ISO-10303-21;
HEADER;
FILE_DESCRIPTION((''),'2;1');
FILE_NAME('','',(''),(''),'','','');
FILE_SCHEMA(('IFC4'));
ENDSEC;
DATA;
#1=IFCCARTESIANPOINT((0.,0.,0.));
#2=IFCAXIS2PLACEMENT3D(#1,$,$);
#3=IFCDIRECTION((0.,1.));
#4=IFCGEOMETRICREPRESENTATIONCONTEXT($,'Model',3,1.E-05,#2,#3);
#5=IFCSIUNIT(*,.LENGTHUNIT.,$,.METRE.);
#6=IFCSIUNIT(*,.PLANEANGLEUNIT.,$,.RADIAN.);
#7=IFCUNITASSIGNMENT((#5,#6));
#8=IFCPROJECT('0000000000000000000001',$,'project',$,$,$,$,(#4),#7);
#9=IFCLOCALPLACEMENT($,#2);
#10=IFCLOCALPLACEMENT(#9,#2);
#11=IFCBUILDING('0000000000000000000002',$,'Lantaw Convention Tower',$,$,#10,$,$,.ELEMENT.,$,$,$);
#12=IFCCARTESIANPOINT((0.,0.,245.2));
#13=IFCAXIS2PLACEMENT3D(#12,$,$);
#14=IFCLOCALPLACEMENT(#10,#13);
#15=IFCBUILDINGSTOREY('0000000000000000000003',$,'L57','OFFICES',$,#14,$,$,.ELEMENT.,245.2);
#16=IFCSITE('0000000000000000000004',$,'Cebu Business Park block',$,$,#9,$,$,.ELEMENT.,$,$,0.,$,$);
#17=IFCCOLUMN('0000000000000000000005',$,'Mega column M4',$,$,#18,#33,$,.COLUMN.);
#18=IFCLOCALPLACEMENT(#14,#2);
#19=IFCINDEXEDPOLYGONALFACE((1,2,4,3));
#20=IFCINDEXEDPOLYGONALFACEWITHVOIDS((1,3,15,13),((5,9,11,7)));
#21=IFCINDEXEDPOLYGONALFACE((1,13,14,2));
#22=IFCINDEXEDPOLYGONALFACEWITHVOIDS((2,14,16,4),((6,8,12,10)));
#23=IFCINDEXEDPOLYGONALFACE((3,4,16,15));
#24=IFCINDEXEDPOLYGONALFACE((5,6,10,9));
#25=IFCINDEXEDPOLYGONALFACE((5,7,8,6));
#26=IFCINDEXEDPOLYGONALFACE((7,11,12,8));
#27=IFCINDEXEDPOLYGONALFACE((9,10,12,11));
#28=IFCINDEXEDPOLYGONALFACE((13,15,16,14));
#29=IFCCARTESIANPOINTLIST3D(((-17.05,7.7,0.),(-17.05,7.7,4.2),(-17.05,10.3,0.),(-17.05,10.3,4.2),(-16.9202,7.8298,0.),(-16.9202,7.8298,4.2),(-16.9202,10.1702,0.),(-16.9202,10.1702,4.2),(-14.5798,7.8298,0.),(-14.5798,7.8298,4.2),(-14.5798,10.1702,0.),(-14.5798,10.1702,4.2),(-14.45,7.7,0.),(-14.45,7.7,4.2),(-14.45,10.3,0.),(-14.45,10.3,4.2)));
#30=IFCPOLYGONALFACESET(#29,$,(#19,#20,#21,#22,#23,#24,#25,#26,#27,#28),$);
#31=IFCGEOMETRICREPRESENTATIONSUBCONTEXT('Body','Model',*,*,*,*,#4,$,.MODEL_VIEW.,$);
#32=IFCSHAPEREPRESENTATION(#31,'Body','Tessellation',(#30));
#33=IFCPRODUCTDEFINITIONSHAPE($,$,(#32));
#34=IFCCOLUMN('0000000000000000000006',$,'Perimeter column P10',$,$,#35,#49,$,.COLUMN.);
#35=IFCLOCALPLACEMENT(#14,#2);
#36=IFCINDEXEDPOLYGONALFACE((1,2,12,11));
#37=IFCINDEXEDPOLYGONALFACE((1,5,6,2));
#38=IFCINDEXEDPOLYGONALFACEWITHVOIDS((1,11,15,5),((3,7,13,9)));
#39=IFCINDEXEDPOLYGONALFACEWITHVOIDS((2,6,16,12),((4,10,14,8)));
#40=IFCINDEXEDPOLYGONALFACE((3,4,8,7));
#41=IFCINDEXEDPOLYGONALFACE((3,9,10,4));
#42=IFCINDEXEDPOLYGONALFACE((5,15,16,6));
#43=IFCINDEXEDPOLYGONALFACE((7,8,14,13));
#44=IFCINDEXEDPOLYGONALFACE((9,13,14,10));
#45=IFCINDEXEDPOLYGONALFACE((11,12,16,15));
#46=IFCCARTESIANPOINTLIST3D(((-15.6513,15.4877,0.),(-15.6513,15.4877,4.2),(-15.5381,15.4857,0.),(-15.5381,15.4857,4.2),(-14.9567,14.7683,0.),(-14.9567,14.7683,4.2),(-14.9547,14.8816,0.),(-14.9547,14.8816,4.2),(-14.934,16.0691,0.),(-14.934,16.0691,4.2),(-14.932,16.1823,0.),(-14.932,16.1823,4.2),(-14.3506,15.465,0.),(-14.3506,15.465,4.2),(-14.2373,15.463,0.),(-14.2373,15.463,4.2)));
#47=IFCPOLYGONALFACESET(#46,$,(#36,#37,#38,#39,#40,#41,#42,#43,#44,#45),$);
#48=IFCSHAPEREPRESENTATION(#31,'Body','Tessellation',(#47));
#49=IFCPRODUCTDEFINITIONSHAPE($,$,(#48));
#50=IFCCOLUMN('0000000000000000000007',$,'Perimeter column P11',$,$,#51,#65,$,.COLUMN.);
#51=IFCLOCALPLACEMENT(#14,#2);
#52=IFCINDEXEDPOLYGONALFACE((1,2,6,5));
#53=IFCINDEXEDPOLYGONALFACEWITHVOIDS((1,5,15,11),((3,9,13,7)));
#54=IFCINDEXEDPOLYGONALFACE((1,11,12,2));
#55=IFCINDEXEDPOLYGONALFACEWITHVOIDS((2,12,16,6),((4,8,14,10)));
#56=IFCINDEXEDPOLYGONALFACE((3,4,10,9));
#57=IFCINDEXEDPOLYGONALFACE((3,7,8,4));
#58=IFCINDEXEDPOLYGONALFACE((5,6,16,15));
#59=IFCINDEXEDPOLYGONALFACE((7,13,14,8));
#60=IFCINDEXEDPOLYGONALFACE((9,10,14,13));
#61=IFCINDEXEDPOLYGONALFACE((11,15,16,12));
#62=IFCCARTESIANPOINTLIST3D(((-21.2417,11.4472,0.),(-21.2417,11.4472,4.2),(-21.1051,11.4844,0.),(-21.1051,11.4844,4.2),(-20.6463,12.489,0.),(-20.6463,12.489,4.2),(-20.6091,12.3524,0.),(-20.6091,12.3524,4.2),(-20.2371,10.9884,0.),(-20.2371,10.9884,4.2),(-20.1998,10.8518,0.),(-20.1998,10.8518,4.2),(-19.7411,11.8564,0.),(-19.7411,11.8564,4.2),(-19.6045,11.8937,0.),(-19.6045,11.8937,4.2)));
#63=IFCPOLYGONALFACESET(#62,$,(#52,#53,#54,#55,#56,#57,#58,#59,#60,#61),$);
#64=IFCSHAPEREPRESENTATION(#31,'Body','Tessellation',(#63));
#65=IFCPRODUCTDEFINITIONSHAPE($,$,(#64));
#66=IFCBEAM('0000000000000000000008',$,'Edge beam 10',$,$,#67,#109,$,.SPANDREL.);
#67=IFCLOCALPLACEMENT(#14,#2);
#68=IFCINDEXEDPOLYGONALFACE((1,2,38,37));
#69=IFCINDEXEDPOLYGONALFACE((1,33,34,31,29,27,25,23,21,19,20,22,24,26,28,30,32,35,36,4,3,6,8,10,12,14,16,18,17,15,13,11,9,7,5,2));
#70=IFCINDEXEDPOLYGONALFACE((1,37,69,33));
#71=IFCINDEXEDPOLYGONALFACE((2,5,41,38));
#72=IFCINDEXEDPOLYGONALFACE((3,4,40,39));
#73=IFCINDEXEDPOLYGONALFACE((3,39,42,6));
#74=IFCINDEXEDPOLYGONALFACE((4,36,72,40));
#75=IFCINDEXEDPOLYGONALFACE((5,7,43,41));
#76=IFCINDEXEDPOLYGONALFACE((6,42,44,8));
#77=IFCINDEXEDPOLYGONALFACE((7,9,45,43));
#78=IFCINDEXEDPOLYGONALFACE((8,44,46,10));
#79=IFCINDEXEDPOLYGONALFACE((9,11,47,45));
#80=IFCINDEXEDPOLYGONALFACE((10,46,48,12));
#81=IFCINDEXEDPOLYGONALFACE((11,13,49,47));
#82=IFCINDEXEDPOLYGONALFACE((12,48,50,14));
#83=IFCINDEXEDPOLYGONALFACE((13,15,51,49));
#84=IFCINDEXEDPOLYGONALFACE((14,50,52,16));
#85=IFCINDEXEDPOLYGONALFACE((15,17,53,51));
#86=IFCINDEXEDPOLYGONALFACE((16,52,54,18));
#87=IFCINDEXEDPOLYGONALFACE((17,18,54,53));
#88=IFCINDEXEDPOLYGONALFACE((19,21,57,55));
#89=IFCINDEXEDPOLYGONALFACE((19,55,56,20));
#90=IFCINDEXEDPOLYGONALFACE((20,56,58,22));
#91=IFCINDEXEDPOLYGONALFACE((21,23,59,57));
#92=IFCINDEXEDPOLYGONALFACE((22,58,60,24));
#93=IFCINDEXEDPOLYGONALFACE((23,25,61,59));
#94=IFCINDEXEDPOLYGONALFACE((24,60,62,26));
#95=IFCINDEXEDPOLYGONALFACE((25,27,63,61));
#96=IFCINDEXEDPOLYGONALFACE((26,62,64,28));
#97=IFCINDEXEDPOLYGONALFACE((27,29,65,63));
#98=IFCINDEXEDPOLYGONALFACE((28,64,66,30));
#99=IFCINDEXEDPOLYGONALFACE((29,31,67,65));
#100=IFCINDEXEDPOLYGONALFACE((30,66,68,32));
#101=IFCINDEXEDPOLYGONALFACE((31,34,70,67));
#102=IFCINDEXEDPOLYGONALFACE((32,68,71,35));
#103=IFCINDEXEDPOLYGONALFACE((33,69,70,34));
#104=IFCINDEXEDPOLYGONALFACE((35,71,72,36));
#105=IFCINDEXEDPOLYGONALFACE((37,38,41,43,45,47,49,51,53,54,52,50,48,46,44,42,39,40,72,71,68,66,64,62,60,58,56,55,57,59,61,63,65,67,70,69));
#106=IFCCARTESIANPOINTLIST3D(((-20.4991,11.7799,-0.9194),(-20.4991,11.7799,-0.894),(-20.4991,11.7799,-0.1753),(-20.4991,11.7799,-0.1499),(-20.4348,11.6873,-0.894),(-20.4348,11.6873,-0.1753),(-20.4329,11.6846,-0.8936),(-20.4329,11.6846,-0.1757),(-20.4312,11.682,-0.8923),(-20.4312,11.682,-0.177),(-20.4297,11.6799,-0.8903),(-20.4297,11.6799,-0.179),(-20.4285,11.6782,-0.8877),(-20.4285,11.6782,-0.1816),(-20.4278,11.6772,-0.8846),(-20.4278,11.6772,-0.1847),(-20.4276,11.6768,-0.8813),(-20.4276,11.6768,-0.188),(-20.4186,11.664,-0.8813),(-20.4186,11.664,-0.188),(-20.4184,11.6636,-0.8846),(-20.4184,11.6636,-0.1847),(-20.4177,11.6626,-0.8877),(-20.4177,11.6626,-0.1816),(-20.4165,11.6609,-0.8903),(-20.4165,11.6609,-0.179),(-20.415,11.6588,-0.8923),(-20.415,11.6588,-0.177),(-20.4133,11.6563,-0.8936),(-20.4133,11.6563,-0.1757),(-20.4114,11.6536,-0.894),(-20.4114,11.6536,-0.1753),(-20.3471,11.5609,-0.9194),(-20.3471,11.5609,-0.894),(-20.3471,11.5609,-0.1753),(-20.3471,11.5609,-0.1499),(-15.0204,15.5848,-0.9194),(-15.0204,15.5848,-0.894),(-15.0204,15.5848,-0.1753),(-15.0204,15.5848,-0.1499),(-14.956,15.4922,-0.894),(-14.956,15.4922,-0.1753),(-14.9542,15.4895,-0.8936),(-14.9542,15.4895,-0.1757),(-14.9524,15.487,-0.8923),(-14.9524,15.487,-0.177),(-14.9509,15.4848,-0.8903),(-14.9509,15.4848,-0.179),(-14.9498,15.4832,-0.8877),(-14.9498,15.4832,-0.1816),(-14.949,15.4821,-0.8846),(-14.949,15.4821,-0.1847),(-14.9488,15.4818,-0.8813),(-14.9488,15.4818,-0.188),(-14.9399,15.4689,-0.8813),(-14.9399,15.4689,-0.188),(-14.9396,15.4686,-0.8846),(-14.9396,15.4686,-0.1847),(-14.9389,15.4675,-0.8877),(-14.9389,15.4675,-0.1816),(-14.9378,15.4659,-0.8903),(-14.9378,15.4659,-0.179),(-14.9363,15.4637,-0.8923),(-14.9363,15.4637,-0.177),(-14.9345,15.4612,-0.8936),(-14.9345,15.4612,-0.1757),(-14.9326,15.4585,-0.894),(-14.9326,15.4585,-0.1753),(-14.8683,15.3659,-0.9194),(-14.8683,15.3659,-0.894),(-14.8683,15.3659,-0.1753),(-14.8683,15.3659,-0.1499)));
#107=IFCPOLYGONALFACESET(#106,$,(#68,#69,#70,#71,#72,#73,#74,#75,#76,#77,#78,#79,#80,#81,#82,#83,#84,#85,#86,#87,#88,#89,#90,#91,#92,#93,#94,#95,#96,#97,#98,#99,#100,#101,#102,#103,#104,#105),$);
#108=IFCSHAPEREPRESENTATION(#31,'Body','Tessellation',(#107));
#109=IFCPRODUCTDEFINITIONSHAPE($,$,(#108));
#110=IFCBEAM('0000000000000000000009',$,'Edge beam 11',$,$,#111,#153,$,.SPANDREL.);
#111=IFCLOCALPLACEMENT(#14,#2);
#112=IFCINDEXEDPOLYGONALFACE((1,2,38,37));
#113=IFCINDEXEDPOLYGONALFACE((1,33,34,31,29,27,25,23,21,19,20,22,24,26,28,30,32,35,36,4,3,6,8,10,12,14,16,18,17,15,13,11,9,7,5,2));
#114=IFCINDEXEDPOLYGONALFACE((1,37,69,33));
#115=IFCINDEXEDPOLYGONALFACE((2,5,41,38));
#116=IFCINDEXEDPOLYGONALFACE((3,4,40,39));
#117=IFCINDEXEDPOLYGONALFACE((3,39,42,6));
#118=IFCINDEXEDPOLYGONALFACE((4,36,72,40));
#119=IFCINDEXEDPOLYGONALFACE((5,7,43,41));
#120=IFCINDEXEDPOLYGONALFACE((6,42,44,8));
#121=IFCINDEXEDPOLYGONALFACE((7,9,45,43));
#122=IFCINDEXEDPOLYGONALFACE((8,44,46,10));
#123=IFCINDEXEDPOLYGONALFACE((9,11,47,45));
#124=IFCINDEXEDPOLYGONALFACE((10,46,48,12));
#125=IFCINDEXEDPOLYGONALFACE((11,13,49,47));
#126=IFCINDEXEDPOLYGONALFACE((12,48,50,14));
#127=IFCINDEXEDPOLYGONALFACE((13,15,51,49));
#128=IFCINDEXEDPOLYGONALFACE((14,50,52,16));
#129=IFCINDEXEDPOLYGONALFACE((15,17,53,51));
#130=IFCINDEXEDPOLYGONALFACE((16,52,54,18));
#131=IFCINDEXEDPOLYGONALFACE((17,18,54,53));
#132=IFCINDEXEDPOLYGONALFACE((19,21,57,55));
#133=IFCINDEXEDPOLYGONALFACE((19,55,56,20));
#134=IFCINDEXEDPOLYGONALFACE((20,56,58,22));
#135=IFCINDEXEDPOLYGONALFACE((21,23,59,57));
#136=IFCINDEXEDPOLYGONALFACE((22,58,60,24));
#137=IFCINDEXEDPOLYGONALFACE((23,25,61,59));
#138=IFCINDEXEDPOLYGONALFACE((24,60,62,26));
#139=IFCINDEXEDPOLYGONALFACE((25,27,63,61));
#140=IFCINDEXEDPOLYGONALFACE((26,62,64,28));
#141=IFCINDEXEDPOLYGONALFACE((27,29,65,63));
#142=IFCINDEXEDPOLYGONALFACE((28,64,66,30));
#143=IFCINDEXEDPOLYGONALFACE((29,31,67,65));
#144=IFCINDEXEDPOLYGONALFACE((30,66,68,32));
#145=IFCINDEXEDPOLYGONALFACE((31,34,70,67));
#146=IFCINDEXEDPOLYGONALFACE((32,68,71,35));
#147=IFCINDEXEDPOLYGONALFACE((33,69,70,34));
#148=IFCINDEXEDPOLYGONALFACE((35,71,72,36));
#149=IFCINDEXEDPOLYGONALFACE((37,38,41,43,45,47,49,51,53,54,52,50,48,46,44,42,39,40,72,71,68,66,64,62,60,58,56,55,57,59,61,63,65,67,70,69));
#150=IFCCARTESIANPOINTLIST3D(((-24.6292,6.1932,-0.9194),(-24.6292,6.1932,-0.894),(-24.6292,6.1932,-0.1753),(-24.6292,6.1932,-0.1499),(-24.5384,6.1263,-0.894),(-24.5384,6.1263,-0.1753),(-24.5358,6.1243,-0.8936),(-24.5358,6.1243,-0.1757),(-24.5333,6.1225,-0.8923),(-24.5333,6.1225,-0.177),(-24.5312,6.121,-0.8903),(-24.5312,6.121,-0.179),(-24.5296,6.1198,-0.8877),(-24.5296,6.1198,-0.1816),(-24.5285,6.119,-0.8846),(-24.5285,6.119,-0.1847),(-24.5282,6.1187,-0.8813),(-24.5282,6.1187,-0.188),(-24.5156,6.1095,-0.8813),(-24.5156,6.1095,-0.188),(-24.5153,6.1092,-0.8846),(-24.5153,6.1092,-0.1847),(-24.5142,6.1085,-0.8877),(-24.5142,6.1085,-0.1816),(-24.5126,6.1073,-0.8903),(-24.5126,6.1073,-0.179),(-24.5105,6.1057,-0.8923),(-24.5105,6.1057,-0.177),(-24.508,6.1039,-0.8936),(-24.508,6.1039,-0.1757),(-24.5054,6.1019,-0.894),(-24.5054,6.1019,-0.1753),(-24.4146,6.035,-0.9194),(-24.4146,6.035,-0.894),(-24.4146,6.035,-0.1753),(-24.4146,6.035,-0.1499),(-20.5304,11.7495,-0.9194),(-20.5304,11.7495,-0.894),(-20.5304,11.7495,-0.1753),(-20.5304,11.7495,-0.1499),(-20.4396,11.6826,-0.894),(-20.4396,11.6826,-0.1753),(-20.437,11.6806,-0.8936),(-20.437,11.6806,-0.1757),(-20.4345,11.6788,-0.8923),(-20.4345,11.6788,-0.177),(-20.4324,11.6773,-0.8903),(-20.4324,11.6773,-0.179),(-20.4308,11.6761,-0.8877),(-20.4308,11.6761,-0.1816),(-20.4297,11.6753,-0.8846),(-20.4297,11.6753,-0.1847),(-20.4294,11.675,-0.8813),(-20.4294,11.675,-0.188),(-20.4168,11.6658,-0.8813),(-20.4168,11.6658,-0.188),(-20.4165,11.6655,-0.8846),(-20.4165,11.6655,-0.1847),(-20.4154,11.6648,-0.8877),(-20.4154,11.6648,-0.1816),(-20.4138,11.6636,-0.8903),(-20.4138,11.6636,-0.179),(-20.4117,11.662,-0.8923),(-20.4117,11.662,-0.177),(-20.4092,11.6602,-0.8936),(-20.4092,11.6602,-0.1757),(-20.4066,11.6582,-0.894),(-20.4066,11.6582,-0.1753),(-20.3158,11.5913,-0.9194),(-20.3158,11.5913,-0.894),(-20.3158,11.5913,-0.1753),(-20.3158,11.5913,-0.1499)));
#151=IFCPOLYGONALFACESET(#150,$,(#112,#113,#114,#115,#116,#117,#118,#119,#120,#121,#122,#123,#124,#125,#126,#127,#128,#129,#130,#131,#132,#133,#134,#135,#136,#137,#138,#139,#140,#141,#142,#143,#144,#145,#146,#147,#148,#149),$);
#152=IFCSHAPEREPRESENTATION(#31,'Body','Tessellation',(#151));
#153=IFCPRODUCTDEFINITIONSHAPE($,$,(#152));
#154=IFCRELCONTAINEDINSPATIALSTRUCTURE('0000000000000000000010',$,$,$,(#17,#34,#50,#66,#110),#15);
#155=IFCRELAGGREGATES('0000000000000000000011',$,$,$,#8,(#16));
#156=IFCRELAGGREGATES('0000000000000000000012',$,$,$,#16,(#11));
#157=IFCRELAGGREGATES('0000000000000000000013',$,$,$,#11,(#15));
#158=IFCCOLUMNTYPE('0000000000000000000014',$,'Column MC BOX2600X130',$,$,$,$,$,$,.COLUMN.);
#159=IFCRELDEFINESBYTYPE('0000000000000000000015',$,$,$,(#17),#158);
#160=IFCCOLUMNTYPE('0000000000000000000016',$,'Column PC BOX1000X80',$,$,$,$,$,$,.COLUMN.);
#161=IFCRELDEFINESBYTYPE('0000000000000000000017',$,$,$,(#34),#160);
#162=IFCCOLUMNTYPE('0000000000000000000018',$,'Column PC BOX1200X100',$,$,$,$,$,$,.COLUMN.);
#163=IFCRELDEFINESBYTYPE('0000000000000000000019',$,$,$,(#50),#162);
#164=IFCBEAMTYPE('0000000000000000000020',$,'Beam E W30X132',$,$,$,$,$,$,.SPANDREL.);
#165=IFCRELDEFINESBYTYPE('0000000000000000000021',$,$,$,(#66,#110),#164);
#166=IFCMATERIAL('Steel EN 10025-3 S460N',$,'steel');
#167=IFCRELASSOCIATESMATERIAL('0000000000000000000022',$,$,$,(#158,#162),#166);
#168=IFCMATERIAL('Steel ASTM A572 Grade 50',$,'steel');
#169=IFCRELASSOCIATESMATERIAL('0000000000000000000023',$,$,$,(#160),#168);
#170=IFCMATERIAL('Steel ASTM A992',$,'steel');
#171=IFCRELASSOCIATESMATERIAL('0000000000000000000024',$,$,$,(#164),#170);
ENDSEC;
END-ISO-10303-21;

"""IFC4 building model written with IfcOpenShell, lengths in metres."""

from ifc_helpers import new_model, si_unit, direction, frame, origin, origin_2d, place, context, subcontext, project, spatial, rectangle, hollow_rectangle, i_section, extrude, material, material_profile, profile_set, type_object, element, save


model = new_model("IFC4")

# Units and contexts
model_context = context("Model", 3, precision=1e-05, world=origin(), true_north=direction((0.0, 1.0)))
body_context = subcontext(model_context, "Body", "Model", "MODEL_VIEW")
ifc_project = project(units=[si_unit("LENGTHUNIT", "METRE"), si_unit("PLANEANGLEUNIT", "RADIAN")], contexts=[model_context])

# Site, building, storey
site_placement = place(None, origin())
site = spatial("IfcSite", under=ifc_project, at=site_placement, Name="Cebu Business Park block", CompositionType="ELEMENT", RefElevation=0.0)
building_placement = place(site_placement, origin())
building = spatial("IfcBuilding", under=site, at=building_placement, Name="Lantaw Convention Tower", CompositionType="ELEMENT")
storey_placement = place(building_placement, frame((0.0, 0.0, 245.2)))
storey = spatial("IfcBuildingStorey", under=building, at=storey_placement, Name="L57", Description="OFFICES", CompositionType="ELEMENT", Elevation=245.2)

# Columns
ifc_material_1 = material(Name="Steel EN 10025-3 S460N", Category="steel")
ifc_material_profile_1 = material_profile(ifc_material_1, hollow_rectangle(XDim=2.6001, YDim=2.6001, WallThickness=0.1299, at=origin_2d()), Name="BOX2600X130")
ifc_material_2 = material(Name="Concrete C60/75", Category="concrete")
ifc_material_profile_2 = material_profile(ifc_material_2, rectangle(XDim=2.3401, YDim=2.3401, at=origin_2d()), Name="Concrete fill of BOX2600X130")
ifc_profile_set_1 = profile_set([ifc_material_profile_1, ifc_material_profile_2], Name="Steel EN 10025-3 S460N")
column_type_1 = type_object("IfcColumnType", Name="Column MC BOX2600X130", PredefinedType="COLUMN", material=ifc_profile_set_1)
column_1_placement = place(storey_placement, frame((-15.75, 9.0, 0.0), z_axis=(0.0, 0.0, 1.0), x_axis=(1.0, 0.0, 0.0)))
element("IfcColumn", 1, at=column_1_placement, inside=storey, type_object=column_type_1, Name="Mega column M4", PredefinedType="COLUMN", context=body_context, shape_type="SweptSolid", body=[
    extrude(hollow_rectangle(XDim=2.6001, YDim=2.6001, WallThickness=0.1299, at=origin_2d()), origin(), (0.0, 0.0, 1.0), 4.2),
])
ifc_material_3 = material(Name="Steel ASTM A572 Grade 50", Category="steel")
ifc_material_profile_3 = material_profile(ifc_material_3, hollow_rectangle(XDim=1.0, YDim=1.0, WallThickness=0.0801, at=origin_2d()), Name="BOX1000X80")
ifc_material_profile_4 = material_profile(ifc_material_2, rectangle(XDim=0.8401, YDim=0.8401, at=origin_2d()), Name="Concrete fill of BOX1000X80")
ifc_profile_set_2 = profile_set([ifc_material_profile_3, ifc_material_profile_4], Name="Steel ASTM A572 Grade 50")
column_type_2 = type_object("IfcColumnType", Name="Column PC BOX1000X80", PredefinedType="COLUMN", material=ifc_profile_set_2)
column_2_placement = place(storey_placement, frame((-14.9443, 15.4753, 0.0), z_axis=(0.0, 0.0, 1.0), x_axis=(0.71934, 0.694658, 0.0)))
element("IfcColumn", 2, at=column_2_placement, inside=storey, type_object=column_type_2, Name="Perimeter column P10", PredefinedType="COLUMN", context=body_context, shape_type="SweptSolid", body=[
    extrude(hollow_rectangle(XDim=1.0, YDim=1.0, WallThickness=0.0801, at=origin_2d()), origin(), (0.0, 0.0, 1.0), 4.2),
])
ifc_material_profile_5 = material_profile(ifc_material_1, hollow_rectangle(XDim=1.2, YDim=1.2, WallThickness=0.1001, at=origin_2d()), Name="BOX1200X100")
ifc_material_profile_6 = material_profile(ifc_material_2, rectangle(XDim=1.0, YDim=1.0, at=origin_2d()), Name="Concrete fill of BOX1200X100")
ifc_profile_set_3 = profile_set([ifc_material_profile_5, ifc_material_profile_6], Name="Steel EN 10025-3 S460N")
column_type_3 = type_object("IfcColumnType", Name="Column PC BOX1200X100", PredefinedType="COLUMN", material=ifc_profile_set_3)
column_3_placement = place(storey_placement, frame((-20.4231, 11.6704, 0.0), z_axis=(0.0, 0.0, 1.0), x_axis=(0.496139, 0.868243, 0.0)))
element("IfcColumn", 3, at=column_3_placement, inside=storey, type_object=column_type_3, Name="Perimeter column P11", PredefinedType="COLUMN", context=body_context, shape_type="SweptSolid", body=[
    extrude(hollow_rectangle(XDim=1.2, YDim=1.2, WallThickness=0.1001, at=origin_2d()), origin(), (0.0, 0.0, 1.0), 4.2),
])

# Beams
ifc_material_4 = material(Name="Steel ASTM A992", Category="steel")
ifc_material_profile_7 = material_profile(ifc_material_4, i_section(OverallWidth=0.2666, OverallDepth=0.7695, WebThickness=0.0156, FlangeThickness=0.0254, FilletRadius=0.0127, at=origin_2d()), Name="W30X132")
ifc_profile_set_4 = profile_set([ifc_material_profile_7], Name="Steel ASTM A992")
beam_type_1 = type_object("IfcBeamType", Name="Beam E W30X132", PredefinedType="SPANDREL", material=ifc_profile_set_4)
beam_1_placement = place(storey_placement, frame((-14.9443, 15.4753, -0.5347), z_axis=(-0.821353, -0.57042, 0.0), x_axis=(0.57042, -0.821353, 0.0)))
element("IfcBeam", 4, at=beam_1_placement, inside=storey, type_object=beam_type_1, Name="Edge beam 10", PredefinedType="SPANDREL", context=body_context, shape_type="SweptSolid", body=[
    extrude(i_section(OverallWidth=0.2666, OverallDepth=0.7695, WebThickness=0.0156, FlangeThickness=0.0254, FilletRadius=0.0127, at=origin_2d()), origin(), (0.0, 0.0, 1.0), 6.6704),
])
beam_2_placement = place(storey_placement, frame((-20.4231, 11.6704, -0.5347), z_axis=(-0.593639, -0.804731, 0.0), x_axis=(0.804731, -0.593639, 0.0)))
element("IfcBeam", 5, at=beam_2_placement, inside=storey, type_object=beam_type_1, Name="Edge beam 11", PredefinedType="SPANDREL", context=body_context, shape_type="SweptSolid", body=[
    extrude(i_section(OverallWidth=0.2666, OverallDepth=0.7695, WebThickness=0.0156, FlangeThickness=0.0254, FilletRadius=0.0127, at=origin_2d()), origin(), (0.0, 0.0, 1.0), 6.9045),
])

save(model, "model.ifc")
